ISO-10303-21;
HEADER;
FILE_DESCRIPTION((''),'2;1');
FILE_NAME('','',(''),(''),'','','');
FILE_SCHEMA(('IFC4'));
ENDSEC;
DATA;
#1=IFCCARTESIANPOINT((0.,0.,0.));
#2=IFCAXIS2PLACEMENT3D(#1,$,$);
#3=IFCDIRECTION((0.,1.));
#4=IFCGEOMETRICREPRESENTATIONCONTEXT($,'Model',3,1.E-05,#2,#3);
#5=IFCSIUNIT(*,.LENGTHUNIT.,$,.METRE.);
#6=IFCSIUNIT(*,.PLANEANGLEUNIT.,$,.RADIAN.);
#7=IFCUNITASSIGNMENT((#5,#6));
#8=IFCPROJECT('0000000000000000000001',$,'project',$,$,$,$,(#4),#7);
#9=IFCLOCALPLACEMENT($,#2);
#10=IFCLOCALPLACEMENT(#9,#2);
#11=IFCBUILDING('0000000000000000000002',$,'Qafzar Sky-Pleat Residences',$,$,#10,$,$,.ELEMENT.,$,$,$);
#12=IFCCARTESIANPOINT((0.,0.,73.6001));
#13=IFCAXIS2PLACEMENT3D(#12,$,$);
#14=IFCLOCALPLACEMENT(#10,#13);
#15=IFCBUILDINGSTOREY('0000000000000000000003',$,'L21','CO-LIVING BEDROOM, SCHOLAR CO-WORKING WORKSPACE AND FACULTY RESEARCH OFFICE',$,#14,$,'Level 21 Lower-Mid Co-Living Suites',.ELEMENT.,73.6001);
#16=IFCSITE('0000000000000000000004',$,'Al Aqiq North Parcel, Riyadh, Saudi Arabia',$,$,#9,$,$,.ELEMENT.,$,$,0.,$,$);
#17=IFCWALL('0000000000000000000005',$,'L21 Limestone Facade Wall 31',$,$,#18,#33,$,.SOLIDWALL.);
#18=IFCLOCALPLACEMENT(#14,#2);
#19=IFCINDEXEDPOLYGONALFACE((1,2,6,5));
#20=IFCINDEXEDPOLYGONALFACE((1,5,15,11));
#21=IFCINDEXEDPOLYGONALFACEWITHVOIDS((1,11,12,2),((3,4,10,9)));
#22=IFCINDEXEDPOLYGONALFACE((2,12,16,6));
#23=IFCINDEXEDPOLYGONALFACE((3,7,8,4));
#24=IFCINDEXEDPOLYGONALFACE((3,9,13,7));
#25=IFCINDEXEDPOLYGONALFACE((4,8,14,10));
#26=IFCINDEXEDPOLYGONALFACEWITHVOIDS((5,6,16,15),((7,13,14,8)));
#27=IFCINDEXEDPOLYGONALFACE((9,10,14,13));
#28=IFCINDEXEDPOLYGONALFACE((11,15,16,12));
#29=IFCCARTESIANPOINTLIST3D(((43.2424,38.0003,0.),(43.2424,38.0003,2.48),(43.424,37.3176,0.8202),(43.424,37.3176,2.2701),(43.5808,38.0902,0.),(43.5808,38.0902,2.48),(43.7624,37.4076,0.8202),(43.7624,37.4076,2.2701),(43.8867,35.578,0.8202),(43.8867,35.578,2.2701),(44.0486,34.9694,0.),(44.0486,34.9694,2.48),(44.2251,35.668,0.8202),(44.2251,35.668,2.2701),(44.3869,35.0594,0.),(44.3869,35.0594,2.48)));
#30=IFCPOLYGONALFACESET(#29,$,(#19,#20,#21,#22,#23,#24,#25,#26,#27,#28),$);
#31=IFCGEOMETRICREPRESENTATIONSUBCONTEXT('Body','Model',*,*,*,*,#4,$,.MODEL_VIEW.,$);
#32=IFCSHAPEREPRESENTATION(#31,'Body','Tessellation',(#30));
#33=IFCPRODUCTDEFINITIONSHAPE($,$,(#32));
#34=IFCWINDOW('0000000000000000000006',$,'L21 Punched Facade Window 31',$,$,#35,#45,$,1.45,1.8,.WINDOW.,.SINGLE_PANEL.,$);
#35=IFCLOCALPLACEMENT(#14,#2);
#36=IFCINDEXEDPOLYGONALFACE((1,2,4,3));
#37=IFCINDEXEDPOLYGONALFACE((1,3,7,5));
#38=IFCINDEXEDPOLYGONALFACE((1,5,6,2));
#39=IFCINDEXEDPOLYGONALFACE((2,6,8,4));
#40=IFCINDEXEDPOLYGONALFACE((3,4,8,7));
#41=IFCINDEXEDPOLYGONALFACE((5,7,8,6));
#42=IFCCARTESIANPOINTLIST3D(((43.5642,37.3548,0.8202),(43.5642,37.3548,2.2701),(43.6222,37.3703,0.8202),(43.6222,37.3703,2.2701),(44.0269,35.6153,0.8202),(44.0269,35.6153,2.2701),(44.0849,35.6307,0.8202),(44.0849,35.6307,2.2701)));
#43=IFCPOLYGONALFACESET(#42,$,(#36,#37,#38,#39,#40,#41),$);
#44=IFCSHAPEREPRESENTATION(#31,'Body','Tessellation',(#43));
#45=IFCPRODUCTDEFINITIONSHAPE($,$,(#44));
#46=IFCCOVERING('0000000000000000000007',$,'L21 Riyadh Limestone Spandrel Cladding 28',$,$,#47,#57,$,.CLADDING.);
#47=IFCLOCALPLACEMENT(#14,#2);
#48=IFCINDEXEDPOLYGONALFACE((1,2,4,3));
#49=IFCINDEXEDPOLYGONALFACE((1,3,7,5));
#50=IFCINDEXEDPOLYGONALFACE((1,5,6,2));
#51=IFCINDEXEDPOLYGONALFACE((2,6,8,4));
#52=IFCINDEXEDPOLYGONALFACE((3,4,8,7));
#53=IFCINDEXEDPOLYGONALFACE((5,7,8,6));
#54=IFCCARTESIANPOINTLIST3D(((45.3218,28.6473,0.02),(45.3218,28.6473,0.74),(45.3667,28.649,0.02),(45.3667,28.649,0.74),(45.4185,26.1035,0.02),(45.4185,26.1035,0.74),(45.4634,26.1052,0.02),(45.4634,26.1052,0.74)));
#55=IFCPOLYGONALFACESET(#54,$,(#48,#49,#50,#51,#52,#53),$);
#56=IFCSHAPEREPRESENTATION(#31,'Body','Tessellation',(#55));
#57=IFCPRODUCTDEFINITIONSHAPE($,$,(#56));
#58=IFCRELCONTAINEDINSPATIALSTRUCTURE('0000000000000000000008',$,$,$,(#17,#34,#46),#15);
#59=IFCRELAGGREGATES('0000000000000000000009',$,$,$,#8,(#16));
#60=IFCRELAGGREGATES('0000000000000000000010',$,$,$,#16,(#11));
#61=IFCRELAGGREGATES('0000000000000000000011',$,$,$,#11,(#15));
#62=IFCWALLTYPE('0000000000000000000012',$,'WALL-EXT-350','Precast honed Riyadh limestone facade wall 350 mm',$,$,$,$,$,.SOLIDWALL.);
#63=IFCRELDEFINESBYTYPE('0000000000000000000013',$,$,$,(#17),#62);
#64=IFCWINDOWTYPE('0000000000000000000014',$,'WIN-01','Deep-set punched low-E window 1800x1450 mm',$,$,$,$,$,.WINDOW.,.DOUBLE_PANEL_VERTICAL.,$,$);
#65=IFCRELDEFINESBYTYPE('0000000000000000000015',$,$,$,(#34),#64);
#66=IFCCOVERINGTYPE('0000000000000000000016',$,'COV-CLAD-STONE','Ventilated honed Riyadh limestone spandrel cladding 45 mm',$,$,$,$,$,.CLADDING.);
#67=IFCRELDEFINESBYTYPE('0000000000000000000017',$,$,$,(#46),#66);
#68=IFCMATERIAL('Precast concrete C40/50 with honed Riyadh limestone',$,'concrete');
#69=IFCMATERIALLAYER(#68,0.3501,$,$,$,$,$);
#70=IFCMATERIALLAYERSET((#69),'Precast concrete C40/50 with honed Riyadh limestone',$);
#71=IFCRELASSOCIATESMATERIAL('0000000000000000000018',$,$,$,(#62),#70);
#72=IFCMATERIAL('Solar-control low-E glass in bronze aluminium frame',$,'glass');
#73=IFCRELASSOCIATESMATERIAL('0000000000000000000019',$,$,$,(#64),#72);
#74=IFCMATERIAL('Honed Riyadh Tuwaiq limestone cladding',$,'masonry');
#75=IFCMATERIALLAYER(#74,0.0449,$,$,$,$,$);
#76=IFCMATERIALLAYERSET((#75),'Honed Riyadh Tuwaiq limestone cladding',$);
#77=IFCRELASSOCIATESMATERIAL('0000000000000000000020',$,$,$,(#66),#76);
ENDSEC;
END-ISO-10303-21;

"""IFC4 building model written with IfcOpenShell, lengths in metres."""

from ifc_helpers import new_model, si_unit, direction, frame, frame_2d, origin, origin_2d, place, context, subcontext, project, spatial, rectangle, extrude, source, transform, mapped, material, layer, layer_set, type_object, element, fill, save


model = new_model("IFC4")

# Units and contexts
model_context = context("Model", 3, precision=1e-05, world=origin(), true_north=direction((0.0, 1.0)))
body_context = subcontext(model_context, "Body", "Model", "MODEL_VIEW")
ifc_project = project(units=[si_unit("LENGTHUNIT", "METRE"), si_unit("PLANEANGLEUNIT", "RADIAN")], contexts=[model_context])

# Site, building, storey
site_placement = place(None, origin())
site = spatial("IfcSite", under=ifc_project, at=site_placement, Name="Al Aqiq North Parcel, Riyadh, Saudi Arabia", CompositionType="ELEMENT", RefElevation=0.0)
building_placement = place(site_placement, origin())
building = spatial("IfcBuilding", under=site, at=building_placement, Name="Qafzar Sky-Pleat Residences", CompositionType="ELEMENT")
storey_placement = place(building_placement, frame((0.0, 0.0, 73.6001)))
storey = spatial("IfcBuildingStorey", under=building, at=storey_placement, Name="L21", Description="CO-LIVING BEDROOM, SCHOLAR CO-WORKING WORKSPACE AND FACULTY RESEARCH OFFICE", LongName="Level 21 Lower-Mid Co-Living Suites", CompositionType="ELEMENT", Elevation=73.6001)

# Wall, opening, window
ifc_material_1 = material(Name="Precast concrete C40/50 with honed Riyadh limestone", Category="concrete")
ifc_layer_1 = layer(ifc_material_1, 0.3501)
ifc_layer_set_1 = layer_set([ifc_layer_1], Name="Precast concrete C40/50 with honed Riyadh limestone")
wall_type_1 = type_object("IfcWallType", Name="WALL-EXT-350", Description="Precast honed Riyadh limestone facade wall 350 mm", PredefinedType="SOLIDWALL", material=ifc_layer_set_1)
ifc_material_2 = material(Name="Solar-control low-E glass in bronze aluminium frame", Category="glass")
wall_1_placement = place(storey_placement, frame((44.2178, 35.0144, 0.0), z_axis=(0.0, 0.0, 1.0), x_axis=(-0.257052, 0.966398, 0.0)))
wall_1 = element("IfcWall", 1, at=wall_1_placement, inside=storey, type_object=wall_type_1, Name="L21 Limestone Facade Wall 31", PredefinedType="SOLIDWALL", context=body_context, shape_type="SweptSolid", body=[
    extrude(rectangle(XDim=3.1362, YDim=0.3501, at=frame_2d((1.5681, 0.0))), origin(), (0.0, 0.0, 1.0), 2.48),
])
opening_1_placement = place(wall_1_placement, frame((0.6299, 0.0, 0.8201)))
opening_1 = element("IfcOpeningElement", 2, at=opening_1_placement, cuts=wall_1, PredefinedType="OPENING", context=body_context, shape_type="SweptSolid", body=[
    extrude(rectangle(XDim=1.8, YDim=1.45, at=frame_2d((0.8999, 0.7251))), frame((0.0, 0.1851, 0.0), z_axis=(0.0, -1.0, 0.0), x_axis=(1.0, 0.0, 0.0)), (0.0, 0.0, 1.0), 0.3701),
])
window_type_1 = type_object("IfcWindowType", Name="WIN-01", Description="Deep-set punched low-E window 1800x1450 mm", PartitioningType="DOUBLE_PANEL_VERTICAL", PredefinedType="WINDOW", material=ifc_material_2)
shared_shape_1 = source(origin(), body_context, "Body", "SweptSolid", [
    extrude(rectangle(XDim=1.8, YDim=1.45, at=frame_2d((0.8999, 0.7251))), frame((0.0, 0.03, 0.0), z_axis=(0.0, -1.0, 0.0), x_axis=(1.0, 0.0, 0.0)), (0.0, 0.0, 1.0), 0.0601),
])
window_1_placement = place(opening_1_placement, origin())
window_1 = element("IfcWindow", 3, at=window_1_placement, inside=storey, type_object=window_type_1, Name="L21 Punched Facade Window 31", OverallHeight=1.45, OverallWidth=1.8, PartitioningType="SINGLE_PANEL", PredefinedType="WINDOW", context=body_context, shape_type="MappedRepresentation", body=[
    mapped(shared_shape_1, transform((0.0, 0.0, 0.0), x_axis=(1.0, 0.0, 0.0), y_axis=(0.0, 1.0, 0.0), z_axis=(0.0, 0.0, 1.0), scale=1.0)),
])
fill(opening_1, window_1)

# Covering
ifc_material_3 = material(Name="Honed Riyadh Tuwaiq limestone cladding", Category="masonry")
ifc_layer_2 = layer(ifc_material_3, 0.0449)
ifc_layer_set_2 = layer_set([ifc_layer_2], Name="Honed Riyadh Tuwaiq limestone cladding")
covering_type = type_object("IfcCoveringType", Name="COV-CLAD-STONE", Description="Ventilated honed Riyadh limestone spandrel cladding 45 mm", PredefinedType="CLADDING", material=ifc_layer_set_2)
shared_shape_2 = source(origin(), body_context, "Body", "SweptSolid", [
    extrude(rectangle(XDim=2.5457, YDim=0.0449, at=origin_2d()), origin(), (0.0, 0.0, 1.0), 0.72),
])
covering_placement = place(storey_placement, frame((45.3926, 27.3762, 0.02), z_axis=(0.0, 0.0, 1.0), x_axis=(-0.03797, 0.999279, 0.0)))
element("IfcCovering", 4, at=covering_placement, inside=storey, type_object=covering_type, Name="L21 Riyadh Limestone Spandrel Cladding 28", PredefinedType="CLADDING", context=body_context, shape_type="MappedRepresentation", body=[
    mapped(shared_shape_2, transform((0.0, 0.0, 0.0), x_axis=(1.0, 0.0, 0.0), y_axis=(0.0, 1.0, 0.0), z_axis=(0.0, 0.0, 1.0), scale=1.0)),
])

save(model, "model.ifc")
